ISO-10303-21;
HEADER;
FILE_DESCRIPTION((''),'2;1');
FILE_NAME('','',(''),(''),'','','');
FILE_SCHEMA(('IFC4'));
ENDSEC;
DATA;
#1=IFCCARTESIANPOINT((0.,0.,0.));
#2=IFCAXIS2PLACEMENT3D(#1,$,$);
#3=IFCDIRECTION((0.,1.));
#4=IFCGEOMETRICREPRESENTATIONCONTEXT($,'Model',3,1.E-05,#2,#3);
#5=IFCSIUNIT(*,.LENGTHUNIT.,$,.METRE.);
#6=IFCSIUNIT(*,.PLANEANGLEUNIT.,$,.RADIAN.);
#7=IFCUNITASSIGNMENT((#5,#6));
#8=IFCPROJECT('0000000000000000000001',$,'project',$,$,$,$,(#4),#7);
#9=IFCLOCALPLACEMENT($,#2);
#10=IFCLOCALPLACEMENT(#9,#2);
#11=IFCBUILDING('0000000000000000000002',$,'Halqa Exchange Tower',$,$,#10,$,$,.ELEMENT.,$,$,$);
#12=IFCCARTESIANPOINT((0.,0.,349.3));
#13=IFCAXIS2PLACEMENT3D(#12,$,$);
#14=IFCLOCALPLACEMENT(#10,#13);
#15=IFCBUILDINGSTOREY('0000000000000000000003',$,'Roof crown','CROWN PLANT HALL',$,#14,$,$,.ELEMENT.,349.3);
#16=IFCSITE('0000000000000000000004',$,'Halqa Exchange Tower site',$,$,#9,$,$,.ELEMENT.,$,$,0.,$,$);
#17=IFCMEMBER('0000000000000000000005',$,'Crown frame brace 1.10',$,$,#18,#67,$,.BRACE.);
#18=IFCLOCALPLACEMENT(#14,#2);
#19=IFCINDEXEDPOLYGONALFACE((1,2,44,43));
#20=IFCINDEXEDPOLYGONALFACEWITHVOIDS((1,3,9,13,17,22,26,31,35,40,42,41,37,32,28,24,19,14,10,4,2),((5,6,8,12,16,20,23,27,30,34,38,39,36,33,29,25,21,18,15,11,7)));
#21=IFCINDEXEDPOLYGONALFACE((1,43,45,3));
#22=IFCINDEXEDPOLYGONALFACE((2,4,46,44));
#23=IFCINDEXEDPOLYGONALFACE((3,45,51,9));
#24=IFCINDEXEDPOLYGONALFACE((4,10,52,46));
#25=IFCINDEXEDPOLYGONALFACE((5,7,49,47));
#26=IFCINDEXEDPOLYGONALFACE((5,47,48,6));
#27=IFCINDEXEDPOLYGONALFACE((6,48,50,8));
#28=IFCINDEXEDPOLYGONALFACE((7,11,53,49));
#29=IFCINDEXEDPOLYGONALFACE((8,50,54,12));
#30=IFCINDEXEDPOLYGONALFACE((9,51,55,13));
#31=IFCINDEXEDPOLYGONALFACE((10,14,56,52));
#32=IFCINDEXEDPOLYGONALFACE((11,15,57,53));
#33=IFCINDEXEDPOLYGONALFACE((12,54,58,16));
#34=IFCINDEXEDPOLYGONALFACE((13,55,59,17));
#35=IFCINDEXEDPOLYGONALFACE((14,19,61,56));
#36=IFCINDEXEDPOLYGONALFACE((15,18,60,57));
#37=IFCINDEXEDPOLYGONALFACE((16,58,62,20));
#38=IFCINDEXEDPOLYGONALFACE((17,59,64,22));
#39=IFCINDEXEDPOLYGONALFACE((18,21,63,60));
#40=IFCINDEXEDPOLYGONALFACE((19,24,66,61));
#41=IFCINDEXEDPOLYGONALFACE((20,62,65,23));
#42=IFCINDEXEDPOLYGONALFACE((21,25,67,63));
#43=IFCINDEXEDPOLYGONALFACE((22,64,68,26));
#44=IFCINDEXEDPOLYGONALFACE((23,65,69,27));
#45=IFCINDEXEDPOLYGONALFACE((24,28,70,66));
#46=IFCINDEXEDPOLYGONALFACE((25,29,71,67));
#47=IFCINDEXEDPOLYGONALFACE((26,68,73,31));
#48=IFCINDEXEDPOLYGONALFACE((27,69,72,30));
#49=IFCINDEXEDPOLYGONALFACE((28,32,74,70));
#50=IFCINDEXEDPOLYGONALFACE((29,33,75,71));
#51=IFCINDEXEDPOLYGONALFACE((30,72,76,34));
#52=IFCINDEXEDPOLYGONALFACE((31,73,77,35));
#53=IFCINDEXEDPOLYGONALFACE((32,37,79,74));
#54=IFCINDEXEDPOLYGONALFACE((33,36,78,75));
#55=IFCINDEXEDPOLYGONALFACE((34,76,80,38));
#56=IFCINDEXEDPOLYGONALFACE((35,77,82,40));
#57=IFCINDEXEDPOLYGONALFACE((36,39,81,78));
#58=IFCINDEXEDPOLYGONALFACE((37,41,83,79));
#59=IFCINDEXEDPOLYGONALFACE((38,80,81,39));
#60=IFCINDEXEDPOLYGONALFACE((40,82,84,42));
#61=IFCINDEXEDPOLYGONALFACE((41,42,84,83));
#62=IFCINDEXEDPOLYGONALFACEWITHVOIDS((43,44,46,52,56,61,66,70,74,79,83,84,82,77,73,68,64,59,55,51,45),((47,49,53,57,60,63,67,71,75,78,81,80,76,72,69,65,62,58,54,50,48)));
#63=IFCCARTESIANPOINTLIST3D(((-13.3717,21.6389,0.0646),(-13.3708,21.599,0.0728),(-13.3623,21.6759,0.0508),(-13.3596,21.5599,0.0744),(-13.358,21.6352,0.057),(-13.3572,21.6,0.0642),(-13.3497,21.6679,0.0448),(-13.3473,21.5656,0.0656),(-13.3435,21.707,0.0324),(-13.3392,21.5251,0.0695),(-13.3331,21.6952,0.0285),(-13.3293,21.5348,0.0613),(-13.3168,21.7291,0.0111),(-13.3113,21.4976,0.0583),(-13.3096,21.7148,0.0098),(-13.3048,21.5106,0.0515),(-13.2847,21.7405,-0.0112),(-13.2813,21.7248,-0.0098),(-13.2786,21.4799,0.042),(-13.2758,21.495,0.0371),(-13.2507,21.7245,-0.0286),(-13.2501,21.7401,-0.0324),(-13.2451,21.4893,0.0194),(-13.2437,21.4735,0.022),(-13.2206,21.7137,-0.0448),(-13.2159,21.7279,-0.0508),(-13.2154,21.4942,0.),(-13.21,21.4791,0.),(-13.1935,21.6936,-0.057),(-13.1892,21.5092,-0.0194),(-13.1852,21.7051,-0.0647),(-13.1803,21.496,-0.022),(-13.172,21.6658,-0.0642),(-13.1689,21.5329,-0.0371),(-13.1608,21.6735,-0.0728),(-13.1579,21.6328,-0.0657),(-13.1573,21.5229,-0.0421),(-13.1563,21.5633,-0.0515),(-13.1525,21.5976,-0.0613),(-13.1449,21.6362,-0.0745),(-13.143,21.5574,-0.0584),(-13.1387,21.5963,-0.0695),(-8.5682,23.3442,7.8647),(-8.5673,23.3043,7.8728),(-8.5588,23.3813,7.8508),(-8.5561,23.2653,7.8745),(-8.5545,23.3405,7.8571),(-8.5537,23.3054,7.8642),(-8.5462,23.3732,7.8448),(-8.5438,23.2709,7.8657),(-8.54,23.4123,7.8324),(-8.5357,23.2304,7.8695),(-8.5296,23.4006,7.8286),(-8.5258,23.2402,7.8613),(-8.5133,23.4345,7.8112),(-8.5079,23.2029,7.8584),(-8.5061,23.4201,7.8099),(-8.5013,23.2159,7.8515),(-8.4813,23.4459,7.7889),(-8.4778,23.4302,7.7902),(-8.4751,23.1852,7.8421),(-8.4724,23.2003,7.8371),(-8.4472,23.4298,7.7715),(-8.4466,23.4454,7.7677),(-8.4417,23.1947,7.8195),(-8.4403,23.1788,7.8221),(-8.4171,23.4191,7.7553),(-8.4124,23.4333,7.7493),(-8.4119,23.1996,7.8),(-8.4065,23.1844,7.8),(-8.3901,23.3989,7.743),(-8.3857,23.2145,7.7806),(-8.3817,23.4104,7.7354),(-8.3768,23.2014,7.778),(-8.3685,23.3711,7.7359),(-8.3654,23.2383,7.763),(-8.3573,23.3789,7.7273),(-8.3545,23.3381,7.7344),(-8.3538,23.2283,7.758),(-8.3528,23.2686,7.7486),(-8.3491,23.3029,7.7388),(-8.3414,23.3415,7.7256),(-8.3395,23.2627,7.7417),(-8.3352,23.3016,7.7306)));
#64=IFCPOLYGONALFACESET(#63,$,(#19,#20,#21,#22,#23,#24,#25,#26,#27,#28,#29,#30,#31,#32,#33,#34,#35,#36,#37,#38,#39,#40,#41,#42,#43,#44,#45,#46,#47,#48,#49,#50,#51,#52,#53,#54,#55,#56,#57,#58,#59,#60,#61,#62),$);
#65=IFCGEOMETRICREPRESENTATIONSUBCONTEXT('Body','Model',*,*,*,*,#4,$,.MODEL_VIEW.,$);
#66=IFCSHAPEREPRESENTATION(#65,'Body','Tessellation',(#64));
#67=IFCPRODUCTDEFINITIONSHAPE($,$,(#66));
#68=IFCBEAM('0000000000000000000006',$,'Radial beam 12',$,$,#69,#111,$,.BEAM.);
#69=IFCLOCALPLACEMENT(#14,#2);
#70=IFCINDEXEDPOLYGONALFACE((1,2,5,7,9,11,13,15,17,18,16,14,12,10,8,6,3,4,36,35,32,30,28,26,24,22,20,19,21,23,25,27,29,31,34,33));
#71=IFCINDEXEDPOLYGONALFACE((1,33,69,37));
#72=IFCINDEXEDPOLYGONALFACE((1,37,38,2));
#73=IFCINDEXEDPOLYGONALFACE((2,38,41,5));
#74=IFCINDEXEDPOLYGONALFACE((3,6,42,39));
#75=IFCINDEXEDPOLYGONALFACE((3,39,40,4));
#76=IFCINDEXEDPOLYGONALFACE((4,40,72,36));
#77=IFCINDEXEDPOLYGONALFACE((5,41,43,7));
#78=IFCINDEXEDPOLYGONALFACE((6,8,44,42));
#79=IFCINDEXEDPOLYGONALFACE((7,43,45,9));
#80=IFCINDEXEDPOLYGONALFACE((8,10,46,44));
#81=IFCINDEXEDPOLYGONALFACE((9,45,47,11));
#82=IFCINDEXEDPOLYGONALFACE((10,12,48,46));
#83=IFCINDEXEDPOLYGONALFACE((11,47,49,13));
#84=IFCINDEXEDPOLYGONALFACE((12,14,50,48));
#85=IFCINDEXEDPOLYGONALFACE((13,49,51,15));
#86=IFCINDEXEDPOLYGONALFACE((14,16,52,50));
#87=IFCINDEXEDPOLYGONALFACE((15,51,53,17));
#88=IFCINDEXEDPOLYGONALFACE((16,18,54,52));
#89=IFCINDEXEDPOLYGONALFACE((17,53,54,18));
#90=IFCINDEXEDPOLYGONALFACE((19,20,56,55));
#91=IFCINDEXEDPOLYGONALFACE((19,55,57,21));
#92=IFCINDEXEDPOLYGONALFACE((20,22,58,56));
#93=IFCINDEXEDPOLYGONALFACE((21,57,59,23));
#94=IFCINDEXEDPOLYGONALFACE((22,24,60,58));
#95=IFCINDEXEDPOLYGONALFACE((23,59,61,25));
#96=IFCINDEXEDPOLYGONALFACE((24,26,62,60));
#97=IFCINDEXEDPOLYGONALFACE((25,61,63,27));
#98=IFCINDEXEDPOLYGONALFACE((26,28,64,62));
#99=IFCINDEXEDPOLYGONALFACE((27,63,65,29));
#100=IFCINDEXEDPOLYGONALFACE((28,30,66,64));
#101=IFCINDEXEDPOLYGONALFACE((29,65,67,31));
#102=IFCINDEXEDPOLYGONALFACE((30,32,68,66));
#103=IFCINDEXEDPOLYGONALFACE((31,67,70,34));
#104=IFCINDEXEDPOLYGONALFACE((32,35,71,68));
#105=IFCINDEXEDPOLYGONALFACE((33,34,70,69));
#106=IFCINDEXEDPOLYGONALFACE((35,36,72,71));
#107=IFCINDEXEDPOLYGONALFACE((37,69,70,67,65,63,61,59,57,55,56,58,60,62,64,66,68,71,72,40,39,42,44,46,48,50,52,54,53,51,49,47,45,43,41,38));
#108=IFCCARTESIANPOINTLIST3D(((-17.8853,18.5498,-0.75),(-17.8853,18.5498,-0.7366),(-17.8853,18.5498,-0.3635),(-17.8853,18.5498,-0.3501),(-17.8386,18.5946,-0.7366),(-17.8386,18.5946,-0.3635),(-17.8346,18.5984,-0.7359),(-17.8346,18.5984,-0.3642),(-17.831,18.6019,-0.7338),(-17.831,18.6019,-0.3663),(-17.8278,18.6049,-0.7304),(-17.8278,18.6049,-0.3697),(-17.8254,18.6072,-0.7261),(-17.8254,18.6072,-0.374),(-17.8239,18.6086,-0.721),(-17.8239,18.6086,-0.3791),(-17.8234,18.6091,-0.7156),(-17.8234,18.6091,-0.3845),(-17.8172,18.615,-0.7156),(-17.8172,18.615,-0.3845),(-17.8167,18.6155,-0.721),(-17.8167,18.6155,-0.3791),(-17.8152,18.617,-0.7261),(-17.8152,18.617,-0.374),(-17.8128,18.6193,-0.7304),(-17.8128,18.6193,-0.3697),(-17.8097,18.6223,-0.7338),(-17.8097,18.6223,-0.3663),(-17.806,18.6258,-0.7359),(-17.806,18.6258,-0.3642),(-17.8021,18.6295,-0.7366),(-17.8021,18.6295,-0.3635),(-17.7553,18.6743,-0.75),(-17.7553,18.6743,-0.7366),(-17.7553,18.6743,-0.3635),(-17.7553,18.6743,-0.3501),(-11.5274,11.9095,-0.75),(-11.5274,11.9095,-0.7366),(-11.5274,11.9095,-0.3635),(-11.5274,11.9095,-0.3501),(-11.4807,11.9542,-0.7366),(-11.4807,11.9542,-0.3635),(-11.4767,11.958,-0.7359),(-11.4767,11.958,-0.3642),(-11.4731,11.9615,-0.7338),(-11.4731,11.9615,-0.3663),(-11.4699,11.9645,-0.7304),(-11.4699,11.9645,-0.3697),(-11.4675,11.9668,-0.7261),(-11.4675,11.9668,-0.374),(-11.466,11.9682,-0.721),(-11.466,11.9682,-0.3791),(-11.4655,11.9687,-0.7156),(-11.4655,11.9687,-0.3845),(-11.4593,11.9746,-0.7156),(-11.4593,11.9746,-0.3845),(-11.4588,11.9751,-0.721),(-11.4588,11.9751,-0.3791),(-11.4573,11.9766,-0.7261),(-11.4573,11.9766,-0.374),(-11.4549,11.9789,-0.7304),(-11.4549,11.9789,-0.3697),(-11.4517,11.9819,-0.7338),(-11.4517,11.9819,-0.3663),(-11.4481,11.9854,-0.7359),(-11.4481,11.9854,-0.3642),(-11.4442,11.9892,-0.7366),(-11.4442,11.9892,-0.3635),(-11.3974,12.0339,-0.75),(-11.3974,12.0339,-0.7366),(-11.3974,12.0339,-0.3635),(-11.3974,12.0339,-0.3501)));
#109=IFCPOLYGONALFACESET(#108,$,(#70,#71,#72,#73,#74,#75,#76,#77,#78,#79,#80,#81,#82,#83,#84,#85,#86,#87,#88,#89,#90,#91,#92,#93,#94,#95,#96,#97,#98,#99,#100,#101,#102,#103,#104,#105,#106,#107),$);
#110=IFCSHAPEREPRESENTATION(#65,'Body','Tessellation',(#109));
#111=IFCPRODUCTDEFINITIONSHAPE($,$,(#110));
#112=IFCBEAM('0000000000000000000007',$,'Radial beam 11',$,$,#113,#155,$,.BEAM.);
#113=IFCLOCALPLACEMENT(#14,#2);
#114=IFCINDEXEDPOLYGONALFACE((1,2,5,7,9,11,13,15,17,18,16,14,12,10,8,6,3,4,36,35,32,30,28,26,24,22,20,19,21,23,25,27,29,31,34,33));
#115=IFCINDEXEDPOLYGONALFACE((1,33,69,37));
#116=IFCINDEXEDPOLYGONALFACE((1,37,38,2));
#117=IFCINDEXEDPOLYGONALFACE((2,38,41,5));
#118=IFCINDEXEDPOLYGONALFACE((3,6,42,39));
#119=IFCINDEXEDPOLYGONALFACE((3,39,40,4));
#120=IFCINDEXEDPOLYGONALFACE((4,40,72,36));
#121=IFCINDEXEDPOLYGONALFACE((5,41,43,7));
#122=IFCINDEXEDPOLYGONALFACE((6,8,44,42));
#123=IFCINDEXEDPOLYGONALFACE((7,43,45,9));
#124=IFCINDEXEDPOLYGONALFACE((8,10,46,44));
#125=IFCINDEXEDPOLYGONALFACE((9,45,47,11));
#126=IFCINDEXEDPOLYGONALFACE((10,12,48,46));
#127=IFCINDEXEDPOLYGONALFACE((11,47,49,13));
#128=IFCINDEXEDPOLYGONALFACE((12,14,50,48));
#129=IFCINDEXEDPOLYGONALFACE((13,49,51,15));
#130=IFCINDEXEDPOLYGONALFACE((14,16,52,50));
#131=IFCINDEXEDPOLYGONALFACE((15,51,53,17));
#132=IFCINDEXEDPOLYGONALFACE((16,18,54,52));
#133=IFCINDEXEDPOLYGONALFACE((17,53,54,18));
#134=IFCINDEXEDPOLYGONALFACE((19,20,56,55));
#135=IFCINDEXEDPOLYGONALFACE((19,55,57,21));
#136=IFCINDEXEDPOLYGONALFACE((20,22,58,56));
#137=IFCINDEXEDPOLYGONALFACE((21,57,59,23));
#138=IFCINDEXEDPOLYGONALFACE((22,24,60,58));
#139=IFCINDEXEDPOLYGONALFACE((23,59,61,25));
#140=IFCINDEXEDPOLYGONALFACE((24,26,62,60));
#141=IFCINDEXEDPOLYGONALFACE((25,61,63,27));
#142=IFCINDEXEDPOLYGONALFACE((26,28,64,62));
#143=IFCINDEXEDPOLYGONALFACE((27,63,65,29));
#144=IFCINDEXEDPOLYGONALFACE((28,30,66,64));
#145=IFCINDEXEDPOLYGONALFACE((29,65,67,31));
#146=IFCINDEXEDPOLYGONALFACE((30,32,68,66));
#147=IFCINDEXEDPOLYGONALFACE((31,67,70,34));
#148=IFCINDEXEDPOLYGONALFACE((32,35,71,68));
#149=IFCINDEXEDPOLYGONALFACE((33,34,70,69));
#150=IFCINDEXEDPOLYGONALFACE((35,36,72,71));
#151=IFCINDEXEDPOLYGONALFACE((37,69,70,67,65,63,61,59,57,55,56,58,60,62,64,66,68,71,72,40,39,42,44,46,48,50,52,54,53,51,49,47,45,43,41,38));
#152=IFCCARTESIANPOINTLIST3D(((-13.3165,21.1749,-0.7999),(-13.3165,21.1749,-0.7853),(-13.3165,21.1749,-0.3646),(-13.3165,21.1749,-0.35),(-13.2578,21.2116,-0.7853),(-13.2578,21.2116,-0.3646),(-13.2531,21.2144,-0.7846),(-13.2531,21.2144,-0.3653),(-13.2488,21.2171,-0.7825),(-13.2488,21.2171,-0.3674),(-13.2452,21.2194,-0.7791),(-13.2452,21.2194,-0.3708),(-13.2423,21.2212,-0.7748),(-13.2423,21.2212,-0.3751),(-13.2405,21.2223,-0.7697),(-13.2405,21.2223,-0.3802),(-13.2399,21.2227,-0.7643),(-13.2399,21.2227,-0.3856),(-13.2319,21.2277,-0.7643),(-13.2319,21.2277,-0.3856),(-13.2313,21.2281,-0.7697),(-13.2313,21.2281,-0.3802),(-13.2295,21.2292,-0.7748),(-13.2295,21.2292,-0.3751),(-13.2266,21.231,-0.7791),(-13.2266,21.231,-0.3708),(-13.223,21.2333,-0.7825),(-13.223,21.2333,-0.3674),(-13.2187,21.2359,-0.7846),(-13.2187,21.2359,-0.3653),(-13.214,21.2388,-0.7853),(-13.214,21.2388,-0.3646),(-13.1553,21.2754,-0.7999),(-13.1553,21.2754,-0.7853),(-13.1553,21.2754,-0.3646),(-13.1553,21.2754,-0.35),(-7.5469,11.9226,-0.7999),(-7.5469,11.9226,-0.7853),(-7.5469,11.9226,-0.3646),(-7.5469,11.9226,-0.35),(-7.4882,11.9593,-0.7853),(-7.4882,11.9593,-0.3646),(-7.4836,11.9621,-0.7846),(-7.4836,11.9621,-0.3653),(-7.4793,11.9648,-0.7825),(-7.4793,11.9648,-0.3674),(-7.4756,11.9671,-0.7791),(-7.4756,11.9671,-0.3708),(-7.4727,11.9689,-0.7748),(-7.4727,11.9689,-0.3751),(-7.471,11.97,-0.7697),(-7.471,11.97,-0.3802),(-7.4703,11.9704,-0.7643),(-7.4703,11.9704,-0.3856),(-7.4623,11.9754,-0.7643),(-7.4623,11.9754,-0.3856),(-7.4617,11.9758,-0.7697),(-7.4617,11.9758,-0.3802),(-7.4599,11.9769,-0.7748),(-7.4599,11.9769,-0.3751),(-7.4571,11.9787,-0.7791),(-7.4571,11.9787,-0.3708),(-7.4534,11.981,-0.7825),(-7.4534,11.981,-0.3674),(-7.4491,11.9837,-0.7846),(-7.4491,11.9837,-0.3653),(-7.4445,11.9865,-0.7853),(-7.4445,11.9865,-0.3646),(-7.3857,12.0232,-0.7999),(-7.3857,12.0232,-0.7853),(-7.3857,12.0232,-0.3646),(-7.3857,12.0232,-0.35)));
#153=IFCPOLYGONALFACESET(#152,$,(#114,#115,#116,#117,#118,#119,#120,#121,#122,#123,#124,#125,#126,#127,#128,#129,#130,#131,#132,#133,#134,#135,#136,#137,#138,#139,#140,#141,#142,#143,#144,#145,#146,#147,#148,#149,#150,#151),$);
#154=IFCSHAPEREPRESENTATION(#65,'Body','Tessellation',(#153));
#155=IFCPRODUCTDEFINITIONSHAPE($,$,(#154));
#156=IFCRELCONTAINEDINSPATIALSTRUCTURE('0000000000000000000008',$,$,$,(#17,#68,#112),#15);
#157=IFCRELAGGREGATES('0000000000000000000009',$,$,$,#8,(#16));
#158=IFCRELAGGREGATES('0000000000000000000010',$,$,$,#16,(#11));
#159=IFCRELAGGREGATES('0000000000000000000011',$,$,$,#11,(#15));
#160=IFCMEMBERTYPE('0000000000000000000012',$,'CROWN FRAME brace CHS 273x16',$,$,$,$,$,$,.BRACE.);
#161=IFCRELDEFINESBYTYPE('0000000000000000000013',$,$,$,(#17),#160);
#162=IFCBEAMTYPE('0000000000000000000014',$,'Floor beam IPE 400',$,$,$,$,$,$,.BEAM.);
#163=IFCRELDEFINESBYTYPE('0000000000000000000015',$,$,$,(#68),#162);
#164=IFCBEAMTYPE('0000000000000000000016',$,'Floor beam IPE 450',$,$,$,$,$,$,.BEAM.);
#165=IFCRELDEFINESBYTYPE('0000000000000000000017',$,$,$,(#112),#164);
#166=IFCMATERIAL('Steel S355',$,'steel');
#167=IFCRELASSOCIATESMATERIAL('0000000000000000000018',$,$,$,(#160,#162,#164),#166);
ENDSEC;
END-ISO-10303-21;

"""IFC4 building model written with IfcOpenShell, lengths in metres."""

from ifc_helpers import new_model, si_unit, direction, frame, origin, origin_2d, place, context, subcontext, project, spatial, hollow_circle, i_section, extrude, material, material_profile, profile_set, type_object, element, save


model = new_model("IFC4")

# Units and contexts
model_context = context("Model", 3, precision=1e-05, world=origin(), true_north=direction((0.0, 1.0)))
body_context = subcontext(model_context, "Body", "Model", "MODEL_VIEW")
ifc_project = project(units=[si_unit("LENGTHUNIT", "METRE"), si_unit("PLANEANGLEUNIT", "RADIAN")], contexts=[model_context])

# Site, building, storey
site_placement = place(None, origin())
site = spatial("IfcSite", under=ifc_project, at=site_placement, Name="Halqa Exchange Tower site", CompositionType="ELEMENT", RefElevation=0.0)
building_placement = place(site_placement, origin())
building = spatial("IfcBuilding", under=site, at=building_placement, Name="Halqa Exchange Tower", CompositionType="ELEMENT")
storey_placement = place(building_placement, frame((0.0, 0.0, 349.3)))
storey = spatial("IfcBuildingStorey", under=building, at=storey_placement, Name="Roof crown", Description="CROWN PLANT HALL", CompositionType="ELEMENT", Elevation=349.3)

# Shared definitions
ifc_material_1 = material(Name="Steel S355", Category="steel")

# Member
ifc_material_profile_1 = material_profile(ifc_material_1, hollow_circle(Radius=0.1365, WallThickness=0.0161, at=origin_2d()), Name="CHS 273x16")
ifc_profile_set_1 = profile_set([ifc_material_profile_1], Name="Steel S355")
member_type = type_object("IfcMemberType", Name="CROWN FRAME brace CHS 273x16", PredefinedType="BRACE", material=ifc_profile_set_1)
member_1_placement = place(storey_placement, frame((-8.4521, 23.313, 7.8), z_axis=(-0.515513, -0.183017, -0.837109), x_axis=(0.334561, -0.942374, 0.0)))
element("IfcMember", 1, at=member_1_placement, inside=storey, type_object=member_type, Name="Crown frame brace 1.10", PredefinedType="BRACE", context=body_context, shape_type="SweptSolid", body=[
    extrude(hollow_circle(Radius=0.1365, WallThickness=0.0161, at=origin_2d()), origin(), (0.0, 0.0, 1.0), 9.3179),
])

# Beams
ifc_material_profile_2 = material_profile(ifc_material_1, i_section(OverallWidth=0.1799, OverallDepth=0.3999, WebThickness=0.0085, FlangeThickness=0.0134, FilletRadius=0.021, at=origin_2d()), Name="IPE 400")
ifc_profile_set_2 = profile_set([ifc_material_profile_2], Name="Steel S355")
beam_type_1 = type_object("IfcBeamType", Name="Floor beam IPE 400", PredefinedType="BEAM", material=ifc_profile_set_2)
beam_1_placement = place(storey_placement, frame((-11.4624, 11.9717, -0.55), z_axis=(-0.691577, 0.722303, 0.0), x_axis=(-0.722303, -0.691577, 0.0)))
element("IfcBeam", 2, at=beam_1_placement, inside=storey, type_object=beam_type_1, Name="Radial beam 12", PredefinedType="BEAM", context=body_context, shape_type="SweptSolid", body=[
    extrude(i_section(OverallWidth=0.1799, OverallDepth=0.3999, WebThickness=0.0085, FlangeThickness=0.0134, FilletRadius=0.021, at=origin_2d()), origin(), (0.0, 0.0, 1.0), 9.1934),
])
ifc_material_profile_3 = material_profile(ifc_material_1, i_section(OverallWidth=0.1899, OverallDepth=0.45, WebThickness=0.0095, FlangeThickness=0.0146, FilletRadius=0.021, at=origin_2d()), Name="IPE 450")
ifc_profile_set_3 = profile_set([ifc_material_profile_3], Name="Steel S355")
beam_type_2 = type_object("IfcBeamType", Name="Floor beam IPE 450", PredefinedType="BEAM", material=ifc_profile_set_3)
beam_2_placement = place(storey_placement, frame((-7.4663, 11.9729, -0.575), z_axis=(-0.529135, 0.848538, 0.0), x_axis=(-0.848538, -0.529135, 0.0)))
element("IfcBeam", 3, at=beam_2_placement, inside=storey, type_object=beam_type_2, Name="Radial beam 11", PredefinedType="BEAM", context=body_context, shape_type="SweptSolid", body=[
    extrude(i_section(OverallWidth=0.1899, OverallDepth=0.45, WebThickness=0.0095, FlangeThickness=0.0146, FilletRadius=0.021, at=origin_2d()), origin(), (0.0, 0.0, 1.0), 10.9038),
])

save(model, "model.ifc")
